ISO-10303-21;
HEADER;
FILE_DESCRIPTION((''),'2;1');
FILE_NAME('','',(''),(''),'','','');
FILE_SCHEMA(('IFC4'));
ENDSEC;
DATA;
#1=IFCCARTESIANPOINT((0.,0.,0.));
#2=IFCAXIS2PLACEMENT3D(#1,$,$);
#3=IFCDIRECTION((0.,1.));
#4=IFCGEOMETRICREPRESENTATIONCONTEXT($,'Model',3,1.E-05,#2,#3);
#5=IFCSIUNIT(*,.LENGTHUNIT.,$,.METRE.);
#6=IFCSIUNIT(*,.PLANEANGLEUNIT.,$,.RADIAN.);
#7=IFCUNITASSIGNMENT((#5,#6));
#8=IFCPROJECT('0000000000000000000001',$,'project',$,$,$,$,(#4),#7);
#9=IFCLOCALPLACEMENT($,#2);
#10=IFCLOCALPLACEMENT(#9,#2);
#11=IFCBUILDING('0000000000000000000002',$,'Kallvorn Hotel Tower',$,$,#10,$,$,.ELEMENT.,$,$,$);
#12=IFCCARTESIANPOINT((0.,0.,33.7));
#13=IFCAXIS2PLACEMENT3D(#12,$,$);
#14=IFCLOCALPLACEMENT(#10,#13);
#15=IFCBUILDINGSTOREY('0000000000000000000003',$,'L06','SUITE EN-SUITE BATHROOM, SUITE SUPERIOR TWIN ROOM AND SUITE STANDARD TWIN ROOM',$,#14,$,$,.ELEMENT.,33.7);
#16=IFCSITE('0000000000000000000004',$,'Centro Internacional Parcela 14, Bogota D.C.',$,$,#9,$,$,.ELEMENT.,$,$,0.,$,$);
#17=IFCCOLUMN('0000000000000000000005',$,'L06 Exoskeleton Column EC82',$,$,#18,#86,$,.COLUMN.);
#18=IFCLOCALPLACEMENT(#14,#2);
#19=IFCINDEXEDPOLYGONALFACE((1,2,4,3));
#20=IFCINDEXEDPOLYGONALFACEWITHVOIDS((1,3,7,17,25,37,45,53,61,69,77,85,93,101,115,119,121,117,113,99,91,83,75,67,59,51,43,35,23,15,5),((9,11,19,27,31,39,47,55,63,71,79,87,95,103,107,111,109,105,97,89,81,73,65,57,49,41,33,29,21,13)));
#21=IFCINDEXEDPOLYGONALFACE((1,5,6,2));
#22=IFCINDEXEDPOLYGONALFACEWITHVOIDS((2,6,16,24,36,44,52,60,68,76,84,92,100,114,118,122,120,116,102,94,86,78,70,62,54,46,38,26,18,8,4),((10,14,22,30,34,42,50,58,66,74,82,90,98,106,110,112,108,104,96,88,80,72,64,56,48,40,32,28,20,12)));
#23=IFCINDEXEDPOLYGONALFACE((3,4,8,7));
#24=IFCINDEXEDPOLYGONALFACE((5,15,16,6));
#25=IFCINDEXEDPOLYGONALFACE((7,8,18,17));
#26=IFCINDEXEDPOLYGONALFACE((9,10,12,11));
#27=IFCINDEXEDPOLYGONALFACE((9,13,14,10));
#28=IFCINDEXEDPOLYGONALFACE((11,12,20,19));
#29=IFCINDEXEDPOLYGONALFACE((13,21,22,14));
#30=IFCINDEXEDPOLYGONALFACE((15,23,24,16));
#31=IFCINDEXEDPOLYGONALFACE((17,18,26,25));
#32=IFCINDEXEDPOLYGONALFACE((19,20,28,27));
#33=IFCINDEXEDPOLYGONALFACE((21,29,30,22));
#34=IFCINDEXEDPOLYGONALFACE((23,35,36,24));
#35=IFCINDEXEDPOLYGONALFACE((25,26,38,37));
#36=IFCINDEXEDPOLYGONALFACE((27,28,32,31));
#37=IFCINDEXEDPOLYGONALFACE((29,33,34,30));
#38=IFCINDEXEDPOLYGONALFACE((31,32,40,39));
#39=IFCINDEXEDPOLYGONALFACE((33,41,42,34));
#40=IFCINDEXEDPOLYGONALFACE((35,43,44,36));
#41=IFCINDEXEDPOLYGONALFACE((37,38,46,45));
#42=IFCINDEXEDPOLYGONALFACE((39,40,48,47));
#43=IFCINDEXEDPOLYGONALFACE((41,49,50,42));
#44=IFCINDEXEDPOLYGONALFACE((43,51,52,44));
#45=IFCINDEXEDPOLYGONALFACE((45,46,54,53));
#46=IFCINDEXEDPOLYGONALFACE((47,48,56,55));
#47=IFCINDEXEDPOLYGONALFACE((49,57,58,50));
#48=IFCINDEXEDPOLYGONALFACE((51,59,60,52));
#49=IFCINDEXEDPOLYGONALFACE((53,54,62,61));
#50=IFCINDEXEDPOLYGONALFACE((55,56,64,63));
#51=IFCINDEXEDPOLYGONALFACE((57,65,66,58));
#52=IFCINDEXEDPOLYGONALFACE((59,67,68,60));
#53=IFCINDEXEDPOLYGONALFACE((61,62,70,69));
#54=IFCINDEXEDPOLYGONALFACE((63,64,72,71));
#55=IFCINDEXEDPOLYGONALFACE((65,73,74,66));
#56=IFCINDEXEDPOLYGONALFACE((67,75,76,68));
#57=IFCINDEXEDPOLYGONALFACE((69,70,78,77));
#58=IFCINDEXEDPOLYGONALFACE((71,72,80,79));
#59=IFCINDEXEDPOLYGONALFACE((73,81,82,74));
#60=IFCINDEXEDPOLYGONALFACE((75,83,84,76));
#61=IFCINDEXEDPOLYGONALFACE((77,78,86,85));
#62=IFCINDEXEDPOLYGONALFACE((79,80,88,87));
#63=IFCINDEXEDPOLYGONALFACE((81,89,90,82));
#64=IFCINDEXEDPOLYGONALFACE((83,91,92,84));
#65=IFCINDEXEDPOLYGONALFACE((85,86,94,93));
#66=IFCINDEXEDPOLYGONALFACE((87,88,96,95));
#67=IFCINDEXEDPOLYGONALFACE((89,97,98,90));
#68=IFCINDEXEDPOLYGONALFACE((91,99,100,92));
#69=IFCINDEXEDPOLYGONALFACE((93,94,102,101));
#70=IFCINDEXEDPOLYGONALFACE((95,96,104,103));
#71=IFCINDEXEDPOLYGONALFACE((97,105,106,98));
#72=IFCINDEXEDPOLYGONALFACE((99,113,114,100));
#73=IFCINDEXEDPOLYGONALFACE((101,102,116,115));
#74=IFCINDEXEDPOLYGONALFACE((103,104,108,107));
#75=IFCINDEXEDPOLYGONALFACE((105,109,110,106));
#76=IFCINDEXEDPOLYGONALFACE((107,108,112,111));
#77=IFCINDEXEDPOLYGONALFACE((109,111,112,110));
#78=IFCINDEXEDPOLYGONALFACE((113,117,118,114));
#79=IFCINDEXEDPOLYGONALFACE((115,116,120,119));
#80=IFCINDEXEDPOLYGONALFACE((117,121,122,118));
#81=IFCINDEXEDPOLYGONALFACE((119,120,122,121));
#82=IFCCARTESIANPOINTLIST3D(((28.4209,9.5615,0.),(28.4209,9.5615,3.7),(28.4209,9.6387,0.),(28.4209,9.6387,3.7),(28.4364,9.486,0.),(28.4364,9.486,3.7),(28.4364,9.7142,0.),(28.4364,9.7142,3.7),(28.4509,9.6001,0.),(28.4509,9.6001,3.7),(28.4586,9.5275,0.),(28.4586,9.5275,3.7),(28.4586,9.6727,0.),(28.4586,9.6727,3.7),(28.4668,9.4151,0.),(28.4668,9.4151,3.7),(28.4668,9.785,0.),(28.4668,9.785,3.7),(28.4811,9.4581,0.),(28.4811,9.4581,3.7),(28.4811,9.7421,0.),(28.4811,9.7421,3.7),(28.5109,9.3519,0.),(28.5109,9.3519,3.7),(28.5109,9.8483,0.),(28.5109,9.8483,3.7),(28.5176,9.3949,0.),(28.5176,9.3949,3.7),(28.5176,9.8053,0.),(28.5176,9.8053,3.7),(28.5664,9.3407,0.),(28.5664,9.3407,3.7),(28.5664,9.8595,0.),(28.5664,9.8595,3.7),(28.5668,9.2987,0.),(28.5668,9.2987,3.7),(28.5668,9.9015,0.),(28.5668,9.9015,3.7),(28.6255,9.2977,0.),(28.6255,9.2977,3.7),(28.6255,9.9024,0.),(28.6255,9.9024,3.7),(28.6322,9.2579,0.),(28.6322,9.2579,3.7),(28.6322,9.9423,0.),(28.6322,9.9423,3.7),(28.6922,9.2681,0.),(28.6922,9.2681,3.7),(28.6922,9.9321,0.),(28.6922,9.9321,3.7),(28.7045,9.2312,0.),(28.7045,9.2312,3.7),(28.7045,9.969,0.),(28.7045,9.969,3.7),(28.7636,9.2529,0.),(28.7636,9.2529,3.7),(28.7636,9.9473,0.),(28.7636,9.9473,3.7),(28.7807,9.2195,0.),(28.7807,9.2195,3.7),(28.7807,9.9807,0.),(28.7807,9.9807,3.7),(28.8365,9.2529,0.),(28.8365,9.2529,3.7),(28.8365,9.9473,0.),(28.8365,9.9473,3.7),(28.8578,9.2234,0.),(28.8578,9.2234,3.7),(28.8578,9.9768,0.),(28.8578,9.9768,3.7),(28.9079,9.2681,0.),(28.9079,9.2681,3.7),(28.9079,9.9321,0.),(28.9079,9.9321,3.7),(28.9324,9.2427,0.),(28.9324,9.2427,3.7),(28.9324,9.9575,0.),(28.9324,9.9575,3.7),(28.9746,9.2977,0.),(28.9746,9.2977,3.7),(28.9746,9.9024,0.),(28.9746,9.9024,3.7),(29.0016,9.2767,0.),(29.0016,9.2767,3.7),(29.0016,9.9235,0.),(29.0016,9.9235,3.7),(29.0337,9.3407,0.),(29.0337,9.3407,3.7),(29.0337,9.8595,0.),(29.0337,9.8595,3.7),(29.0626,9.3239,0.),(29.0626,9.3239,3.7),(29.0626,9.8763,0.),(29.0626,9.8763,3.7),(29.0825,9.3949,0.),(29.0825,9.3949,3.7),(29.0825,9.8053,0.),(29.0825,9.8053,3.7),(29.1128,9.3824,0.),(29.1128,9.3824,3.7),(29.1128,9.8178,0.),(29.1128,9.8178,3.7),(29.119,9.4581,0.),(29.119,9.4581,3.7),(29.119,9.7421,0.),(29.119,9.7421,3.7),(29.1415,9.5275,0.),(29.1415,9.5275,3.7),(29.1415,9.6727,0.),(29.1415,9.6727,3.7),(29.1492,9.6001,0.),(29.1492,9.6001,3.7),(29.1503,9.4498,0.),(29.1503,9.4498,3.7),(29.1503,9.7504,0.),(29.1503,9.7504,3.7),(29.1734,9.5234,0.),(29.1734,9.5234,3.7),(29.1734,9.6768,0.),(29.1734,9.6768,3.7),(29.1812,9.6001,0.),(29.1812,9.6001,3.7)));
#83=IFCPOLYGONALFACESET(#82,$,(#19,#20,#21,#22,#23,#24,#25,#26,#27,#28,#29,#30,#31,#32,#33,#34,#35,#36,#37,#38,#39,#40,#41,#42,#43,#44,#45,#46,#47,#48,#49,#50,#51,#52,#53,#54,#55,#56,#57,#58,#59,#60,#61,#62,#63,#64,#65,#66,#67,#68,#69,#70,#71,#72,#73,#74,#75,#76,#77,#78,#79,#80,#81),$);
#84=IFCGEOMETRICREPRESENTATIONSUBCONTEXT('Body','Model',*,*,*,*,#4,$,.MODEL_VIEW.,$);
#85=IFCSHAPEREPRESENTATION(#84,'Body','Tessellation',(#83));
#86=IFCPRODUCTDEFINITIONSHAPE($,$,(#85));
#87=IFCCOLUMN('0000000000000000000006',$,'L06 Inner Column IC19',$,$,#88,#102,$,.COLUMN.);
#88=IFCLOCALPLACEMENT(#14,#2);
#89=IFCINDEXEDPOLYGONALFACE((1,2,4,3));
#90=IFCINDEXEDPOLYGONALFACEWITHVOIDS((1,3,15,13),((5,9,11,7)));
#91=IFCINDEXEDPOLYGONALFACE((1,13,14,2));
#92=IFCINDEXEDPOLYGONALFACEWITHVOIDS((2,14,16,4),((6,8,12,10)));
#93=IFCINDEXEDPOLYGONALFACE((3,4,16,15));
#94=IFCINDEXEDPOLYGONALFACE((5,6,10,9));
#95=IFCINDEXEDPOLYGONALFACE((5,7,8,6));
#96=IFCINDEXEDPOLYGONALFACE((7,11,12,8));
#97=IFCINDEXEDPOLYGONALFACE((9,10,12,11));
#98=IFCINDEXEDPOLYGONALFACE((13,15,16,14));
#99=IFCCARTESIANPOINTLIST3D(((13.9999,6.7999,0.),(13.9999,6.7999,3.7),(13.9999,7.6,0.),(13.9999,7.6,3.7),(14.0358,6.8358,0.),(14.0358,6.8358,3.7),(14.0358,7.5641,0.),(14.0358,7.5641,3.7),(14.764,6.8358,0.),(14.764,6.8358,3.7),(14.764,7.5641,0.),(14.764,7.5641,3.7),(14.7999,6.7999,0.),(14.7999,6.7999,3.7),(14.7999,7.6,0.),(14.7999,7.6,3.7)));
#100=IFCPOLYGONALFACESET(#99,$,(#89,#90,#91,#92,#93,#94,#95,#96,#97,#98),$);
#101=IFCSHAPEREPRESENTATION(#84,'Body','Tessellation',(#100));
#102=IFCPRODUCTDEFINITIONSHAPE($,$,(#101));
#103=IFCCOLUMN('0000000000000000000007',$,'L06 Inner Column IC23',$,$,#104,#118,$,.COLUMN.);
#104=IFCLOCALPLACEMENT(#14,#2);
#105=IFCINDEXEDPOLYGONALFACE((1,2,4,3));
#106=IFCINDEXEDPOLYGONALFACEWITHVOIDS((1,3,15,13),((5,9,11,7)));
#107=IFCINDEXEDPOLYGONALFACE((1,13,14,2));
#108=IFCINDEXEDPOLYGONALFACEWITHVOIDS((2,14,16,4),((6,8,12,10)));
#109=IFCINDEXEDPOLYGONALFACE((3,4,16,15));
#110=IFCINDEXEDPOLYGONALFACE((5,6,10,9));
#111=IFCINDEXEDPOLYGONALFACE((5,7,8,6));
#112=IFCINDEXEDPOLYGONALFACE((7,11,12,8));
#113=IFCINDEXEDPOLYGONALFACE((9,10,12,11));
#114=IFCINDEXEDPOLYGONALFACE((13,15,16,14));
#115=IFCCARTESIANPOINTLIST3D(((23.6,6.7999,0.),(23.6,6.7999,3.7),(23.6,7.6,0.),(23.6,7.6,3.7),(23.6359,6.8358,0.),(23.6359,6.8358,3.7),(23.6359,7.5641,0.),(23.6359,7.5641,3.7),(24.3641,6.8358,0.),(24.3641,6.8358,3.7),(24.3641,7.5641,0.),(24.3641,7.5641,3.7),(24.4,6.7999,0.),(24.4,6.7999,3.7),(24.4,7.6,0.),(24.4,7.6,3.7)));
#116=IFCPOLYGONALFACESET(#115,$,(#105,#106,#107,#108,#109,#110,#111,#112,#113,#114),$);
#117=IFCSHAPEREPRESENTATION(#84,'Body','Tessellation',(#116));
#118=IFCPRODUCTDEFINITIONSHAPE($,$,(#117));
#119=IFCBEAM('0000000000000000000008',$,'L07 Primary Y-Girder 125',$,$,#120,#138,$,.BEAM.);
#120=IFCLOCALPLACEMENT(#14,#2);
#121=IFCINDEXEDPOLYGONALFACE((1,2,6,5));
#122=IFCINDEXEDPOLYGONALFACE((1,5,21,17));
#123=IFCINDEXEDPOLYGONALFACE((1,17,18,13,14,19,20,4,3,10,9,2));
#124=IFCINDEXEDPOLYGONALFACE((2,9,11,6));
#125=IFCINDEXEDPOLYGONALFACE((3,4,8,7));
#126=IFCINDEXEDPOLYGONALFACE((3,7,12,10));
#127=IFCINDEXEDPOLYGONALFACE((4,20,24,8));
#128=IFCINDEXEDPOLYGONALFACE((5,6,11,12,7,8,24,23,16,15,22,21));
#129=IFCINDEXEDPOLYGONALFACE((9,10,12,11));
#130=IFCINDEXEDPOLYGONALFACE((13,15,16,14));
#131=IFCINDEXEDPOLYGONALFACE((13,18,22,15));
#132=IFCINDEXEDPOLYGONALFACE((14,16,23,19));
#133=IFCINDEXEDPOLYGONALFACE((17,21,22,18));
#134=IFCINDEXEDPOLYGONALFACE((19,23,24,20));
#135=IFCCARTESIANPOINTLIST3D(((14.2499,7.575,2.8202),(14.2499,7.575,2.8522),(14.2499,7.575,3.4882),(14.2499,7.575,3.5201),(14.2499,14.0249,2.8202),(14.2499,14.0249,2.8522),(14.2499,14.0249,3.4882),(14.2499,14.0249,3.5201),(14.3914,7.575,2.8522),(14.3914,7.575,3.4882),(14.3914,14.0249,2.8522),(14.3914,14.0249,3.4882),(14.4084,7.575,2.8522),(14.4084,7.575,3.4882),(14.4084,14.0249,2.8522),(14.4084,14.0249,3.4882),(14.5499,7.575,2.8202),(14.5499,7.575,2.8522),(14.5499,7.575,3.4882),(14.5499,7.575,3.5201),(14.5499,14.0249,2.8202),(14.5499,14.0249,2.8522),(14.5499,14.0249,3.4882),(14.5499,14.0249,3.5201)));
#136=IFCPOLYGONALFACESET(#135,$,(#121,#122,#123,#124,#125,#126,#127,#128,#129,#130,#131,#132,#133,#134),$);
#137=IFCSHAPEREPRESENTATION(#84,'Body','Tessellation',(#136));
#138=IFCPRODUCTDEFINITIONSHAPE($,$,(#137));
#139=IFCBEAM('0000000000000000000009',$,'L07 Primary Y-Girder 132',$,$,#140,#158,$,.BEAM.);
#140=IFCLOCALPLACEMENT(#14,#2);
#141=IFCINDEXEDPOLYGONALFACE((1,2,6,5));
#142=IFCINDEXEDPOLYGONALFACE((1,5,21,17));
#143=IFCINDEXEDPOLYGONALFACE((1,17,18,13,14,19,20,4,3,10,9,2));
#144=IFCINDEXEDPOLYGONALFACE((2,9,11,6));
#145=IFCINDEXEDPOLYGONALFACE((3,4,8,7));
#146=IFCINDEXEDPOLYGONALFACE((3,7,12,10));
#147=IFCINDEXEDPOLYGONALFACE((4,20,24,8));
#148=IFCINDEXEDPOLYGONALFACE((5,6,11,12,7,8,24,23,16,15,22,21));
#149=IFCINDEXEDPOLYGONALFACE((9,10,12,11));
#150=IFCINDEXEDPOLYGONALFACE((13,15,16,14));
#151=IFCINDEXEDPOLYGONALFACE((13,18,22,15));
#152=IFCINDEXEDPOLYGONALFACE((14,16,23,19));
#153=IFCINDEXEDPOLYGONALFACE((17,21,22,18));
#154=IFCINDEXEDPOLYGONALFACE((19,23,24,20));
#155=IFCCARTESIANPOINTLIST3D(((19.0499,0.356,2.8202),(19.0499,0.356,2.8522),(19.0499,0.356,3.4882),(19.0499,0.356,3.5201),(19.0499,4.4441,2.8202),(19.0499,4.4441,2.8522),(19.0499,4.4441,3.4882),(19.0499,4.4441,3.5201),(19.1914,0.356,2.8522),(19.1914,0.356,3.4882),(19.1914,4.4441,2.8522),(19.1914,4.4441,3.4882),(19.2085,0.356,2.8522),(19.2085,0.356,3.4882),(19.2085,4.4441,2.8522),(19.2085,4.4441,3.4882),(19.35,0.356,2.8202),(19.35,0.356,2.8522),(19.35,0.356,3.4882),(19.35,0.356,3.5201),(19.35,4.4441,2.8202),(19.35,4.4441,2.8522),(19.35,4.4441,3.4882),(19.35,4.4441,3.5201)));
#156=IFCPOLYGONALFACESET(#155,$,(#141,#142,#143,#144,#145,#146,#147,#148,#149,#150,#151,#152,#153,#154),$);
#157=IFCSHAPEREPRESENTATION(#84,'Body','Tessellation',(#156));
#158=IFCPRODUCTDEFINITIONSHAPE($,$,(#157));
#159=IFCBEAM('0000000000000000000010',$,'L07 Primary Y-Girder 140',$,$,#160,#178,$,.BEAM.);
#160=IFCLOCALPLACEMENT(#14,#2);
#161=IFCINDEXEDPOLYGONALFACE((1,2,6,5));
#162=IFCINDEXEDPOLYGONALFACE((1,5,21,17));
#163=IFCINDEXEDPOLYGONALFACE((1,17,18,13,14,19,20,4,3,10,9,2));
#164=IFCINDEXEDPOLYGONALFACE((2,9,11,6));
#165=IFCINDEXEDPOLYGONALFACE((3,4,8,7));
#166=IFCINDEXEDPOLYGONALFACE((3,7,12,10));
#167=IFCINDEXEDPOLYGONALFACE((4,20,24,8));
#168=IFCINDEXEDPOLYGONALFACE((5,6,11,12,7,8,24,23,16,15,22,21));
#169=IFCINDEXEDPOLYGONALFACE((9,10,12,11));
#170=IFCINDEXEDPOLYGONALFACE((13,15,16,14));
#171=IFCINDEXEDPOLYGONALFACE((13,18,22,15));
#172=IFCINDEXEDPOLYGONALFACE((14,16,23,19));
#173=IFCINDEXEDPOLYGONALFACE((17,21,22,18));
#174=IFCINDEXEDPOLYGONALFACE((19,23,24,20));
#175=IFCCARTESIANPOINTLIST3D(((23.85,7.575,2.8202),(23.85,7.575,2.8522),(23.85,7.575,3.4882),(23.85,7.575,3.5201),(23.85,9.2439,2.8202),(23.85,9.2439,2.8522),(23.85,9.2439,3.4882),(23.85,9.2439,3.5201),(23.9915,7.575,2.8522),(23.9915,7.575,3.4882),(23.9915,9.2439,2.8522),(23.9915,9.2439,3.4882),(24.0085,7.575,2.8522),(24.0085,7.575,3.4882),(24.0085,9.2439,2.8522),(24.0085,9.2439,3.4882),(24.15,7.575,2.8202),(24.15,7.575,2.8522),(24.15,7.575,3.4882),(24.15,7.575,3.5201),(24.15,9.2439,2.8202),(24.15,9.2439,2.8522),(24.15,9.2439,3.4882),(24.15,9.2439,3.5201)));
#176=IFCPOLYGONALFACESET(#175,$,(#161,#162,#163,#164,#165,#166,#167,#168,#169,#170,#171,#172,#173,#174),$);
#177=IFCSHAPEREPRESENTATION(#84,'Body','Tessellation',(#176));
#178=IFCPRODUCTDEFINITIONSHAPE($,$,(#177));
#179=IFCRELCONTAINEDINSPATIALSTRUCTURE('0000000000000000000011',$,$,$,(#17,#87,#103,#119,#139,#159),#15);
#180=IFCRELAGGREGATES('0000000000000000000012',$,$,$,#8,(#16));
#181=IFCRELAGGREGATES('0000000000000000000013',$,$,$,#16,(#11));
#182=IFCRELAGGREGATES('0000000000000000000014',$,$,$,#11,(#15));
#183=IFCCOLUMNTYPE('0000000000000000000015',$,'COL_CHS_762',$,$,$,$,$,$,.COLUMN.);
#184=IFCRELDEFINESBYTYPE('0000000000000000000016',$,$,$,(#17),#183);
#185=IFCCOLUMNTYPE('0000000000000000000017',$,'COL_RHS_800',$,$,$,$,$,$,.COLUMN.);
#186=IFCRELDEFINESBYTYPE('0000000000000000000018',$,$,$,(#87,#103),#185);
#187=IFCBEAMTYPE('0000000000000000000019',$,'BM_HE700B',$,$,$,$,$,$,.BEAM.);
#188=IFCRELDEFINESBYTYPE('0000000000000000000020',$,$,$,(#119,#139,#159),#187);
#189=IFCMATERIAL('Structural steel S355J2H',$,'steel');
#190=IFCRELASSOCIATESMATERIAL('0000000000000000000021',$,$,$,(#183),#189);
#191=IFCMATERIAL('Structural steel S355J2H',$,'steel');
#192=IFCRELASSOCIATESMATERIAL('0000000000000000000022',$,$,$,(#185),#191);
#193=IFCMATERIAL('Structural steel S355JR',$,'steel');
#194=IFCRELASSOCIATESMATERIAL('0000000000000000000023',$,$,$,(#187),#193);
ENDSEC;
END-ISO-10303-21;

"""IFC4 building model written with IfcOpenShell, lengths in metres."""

from ifc_helpers import new_model, si_unit, direction, frame, origin, origin_2d, place, context, subcontext, project, spatial, hollow_rectangle, hollow_circle, i_section, extrude, material, material_profile, profile_set, type_object, element, save


model = new_model("IFC4")

# Units and contexts
model_context = context("Model", 3, precision=1e-05, world=origin(), true_north=direction((0.0, 1.0)))
body_context = subcontext(model_context, "Body", "Model", "MODEL_VIEW")
ifc_project = project(units=[si_unit("LENGTHUNIT", "METRE"), si_unit("PLANEANGLEUNIT", "RADIAN")], contexts=[model_context])

# Site, building, storey
site_placement = place(None, origin())
site = spatial("IfcSite", under=ifc_project, at=site_placement, Name="Centro Internacional Parcela 14, Bogota D.C.", CompositionType="ELEMENT", RefElevation=0.0)
building_placement = place(site_placement, origin())
building = spatial("IfcBuilding", under=site, at=building_placement, Name="Kallvorn Hotel Tower", CompositionType="ELEMENT")
storey_placement = place(building_placement, frame((0.0, 0.0, 33.7)))
storey = spatial("IfcBuildingStorey", under=building, at=storey_placement, Name="L06", Description="SUITE EN-SUITE BATHROOM, SUITE SUPERIOR TWIN ROOM AND SUITE STANDARD TWIN ROOM", CompositionType="ELEMENT", Elevation=33.7)

# Columns
ifc_material_1 = material(Name="Structural steel S355J2H", Category="steel")
ifc_material_profile_1 = material_profile(ifc_material_1, hollow_circle(Radius=0.3811, WallThickness=0.032, at=origin_2d()), Name="CHS 762x32")
ifc_profile_set_1 = profile_set([ifc_material_profile_1], Name="Structural steel S355J2H")
column_type_1 = type_object("IfcColumnType", Name="COL_CHS_762", PredefinedType="COLUMN", material=ifc_profile_set_1)
for number, where, z_axis, x_axis, name in (
    (1, (28.8, 9.6001, 0.0), (0.0, 0.0, 1.0), (1.0, 0.0, 0.0), "L06 Exoskeleton Column EC82"),
):
    element("IfcColumn", number, at=place(storey_placement, frame(where, z_axis=z_axis, x_axis=x_axis)), inside=storey, type_object=column_type_1, Name=name, PredefinedType="COLUMN", context=body_context, shape_type="SweptSolid", body=[
        extrude(hollow_circle(Radius=0.3811, WallThickness=0.032, at=origin_2d()), origin(), (0.0, 0.0, 1.0), 3.7),
    ])
ifc_material_2 = material(Name="Structural steel S355J2H", Category="steel")
ifc_material_profile_2 = material_profile(ifc_material_2, hollow_rectangle(XDim=0.8, YDim=0.8, WallThickness=0.0359, at=origin_2d()), Name="RHS 800x800x36")
ifc_profile_set_2 = profile_set([ifc_material_profile_2], Name="Structural steel S355J2H")
column_type_2 = type_object("IfcColumnType", Name="COL_RHS_800", PredefinedType="COLUMN", material=ifc_profile_set_2)
for number, where, z_axis, x_axis, name in (
    (2, (14.3999, 7.2, 0.0), (0.0, 0.0, 1.0), (1.0, 0.0, 0.0), "L06 Inner Column IC19"),
    (3, (24.0, 7.2, 0.0), (0.0, 0.0, 1.0), (1.0, 0.0, 0.0), "L06 Inner Column IC23"),
):
    element("IfcColumn", number, at=place(storey_placement, frame(where, z_axis=z_axis, x_axis=x_axis)), inside=storey, type_object=column_type_2, Name=name, PredefinedType="COLUMN", context=body_context, shape_type="SweptSolid", body=[
        extrude(hollow_rectangle(XDim=0.8, YDim=0.8, WallThickness=0.0359, at=origin_2d()), origin(), (0.0, 0.0, 1.0), 3.7),
    ])

# Beams
ifc_material_3 = material(Name="Structural steel S355JR", Category="steel")
ifc_material_profile_3 = material_profile(ifc_material_3, i_section(OverallWidth=0.3, OverallDepth=0.7, WebThickness=0.0171, FlangeThickness=0.032, at=origin_2d()), Name="HE 700 B")
ifc_profile_set_3 = profile_set([ifc_material_profile_3], Name="Structural steel S355JR")
beam_type_1 = type_object("IfcBeamType", Name="BM_HE700B", PredefinedType="BEAM", material=ifc_profile_set_3)
beam_1_placement = place(storey_placement, frame((14.3999, 7.575, 3.1702), z_axis=(0.0, 1.0, 0.0), x_axis=(-1.0, 0.0, 0.0)))
element("IfcBeam", 4, at=beam_1_placement, inside=storey, type_object=beam_type_1, Name="L07 Primary Y-Girder 125", PredefinedType="BEAM", context=body_context, shape_type="SweptSolid", body=[
    extrude(i_section(OverallWidth=0.3, OverallDepth=0.7, WebThickness=0.0171, FlangeThickness=0.032, at=origin_2d()), origin(), (0.0, 0.0, 1.0), 6.45),
])
beam_2_placement = place(storey_placement, frame((19.2, 0.356, 3.1702), z_axis=(0.0, 1.0, 0.0), x_axis=(-1.0, 0.0, 0.0)))
element("IfcBeam", 5, at=beam_2_placement, inside=storey, type_object=beam_type_1, Name="L07 Primary Y-Girder 132", PredefinedType="BEAM", context=body_context, shape_type="SweptSolid", body=[
    extrude(i_section(OverallWidth=0.3, OverallDepth=0.7, WebThickness=0.0171, FlangeThickness=0.032, at=origin_2d()), origin(), (0.0, 0.0, 1.0), 4.0881),
])
beam_3_placement = place(storey_placement, frame((24.0, 7.575, 3.1702), z_axis=(0.0, 1.0, 0.0), x_axis=(-1.0, 0.0, 0.0)))
element("IfcBeam", 6, at=beam_3_placement, inside=storey, type_object=beam_type_1, Name="L07 Primary Y-Girder 140", PredefinedType="BEAM", context=body_context, shape_type="SweptSolid", body=[
    extrude(i_section(OverallWidth=0.3, OverallDepth=0.7, WebThickness=0.0171, FlangeThickness=0.032, at=origin_2d()), origin(), (0.0, 0.0, 1.0), 1.6689),
])

save(model, "model.ifc")
